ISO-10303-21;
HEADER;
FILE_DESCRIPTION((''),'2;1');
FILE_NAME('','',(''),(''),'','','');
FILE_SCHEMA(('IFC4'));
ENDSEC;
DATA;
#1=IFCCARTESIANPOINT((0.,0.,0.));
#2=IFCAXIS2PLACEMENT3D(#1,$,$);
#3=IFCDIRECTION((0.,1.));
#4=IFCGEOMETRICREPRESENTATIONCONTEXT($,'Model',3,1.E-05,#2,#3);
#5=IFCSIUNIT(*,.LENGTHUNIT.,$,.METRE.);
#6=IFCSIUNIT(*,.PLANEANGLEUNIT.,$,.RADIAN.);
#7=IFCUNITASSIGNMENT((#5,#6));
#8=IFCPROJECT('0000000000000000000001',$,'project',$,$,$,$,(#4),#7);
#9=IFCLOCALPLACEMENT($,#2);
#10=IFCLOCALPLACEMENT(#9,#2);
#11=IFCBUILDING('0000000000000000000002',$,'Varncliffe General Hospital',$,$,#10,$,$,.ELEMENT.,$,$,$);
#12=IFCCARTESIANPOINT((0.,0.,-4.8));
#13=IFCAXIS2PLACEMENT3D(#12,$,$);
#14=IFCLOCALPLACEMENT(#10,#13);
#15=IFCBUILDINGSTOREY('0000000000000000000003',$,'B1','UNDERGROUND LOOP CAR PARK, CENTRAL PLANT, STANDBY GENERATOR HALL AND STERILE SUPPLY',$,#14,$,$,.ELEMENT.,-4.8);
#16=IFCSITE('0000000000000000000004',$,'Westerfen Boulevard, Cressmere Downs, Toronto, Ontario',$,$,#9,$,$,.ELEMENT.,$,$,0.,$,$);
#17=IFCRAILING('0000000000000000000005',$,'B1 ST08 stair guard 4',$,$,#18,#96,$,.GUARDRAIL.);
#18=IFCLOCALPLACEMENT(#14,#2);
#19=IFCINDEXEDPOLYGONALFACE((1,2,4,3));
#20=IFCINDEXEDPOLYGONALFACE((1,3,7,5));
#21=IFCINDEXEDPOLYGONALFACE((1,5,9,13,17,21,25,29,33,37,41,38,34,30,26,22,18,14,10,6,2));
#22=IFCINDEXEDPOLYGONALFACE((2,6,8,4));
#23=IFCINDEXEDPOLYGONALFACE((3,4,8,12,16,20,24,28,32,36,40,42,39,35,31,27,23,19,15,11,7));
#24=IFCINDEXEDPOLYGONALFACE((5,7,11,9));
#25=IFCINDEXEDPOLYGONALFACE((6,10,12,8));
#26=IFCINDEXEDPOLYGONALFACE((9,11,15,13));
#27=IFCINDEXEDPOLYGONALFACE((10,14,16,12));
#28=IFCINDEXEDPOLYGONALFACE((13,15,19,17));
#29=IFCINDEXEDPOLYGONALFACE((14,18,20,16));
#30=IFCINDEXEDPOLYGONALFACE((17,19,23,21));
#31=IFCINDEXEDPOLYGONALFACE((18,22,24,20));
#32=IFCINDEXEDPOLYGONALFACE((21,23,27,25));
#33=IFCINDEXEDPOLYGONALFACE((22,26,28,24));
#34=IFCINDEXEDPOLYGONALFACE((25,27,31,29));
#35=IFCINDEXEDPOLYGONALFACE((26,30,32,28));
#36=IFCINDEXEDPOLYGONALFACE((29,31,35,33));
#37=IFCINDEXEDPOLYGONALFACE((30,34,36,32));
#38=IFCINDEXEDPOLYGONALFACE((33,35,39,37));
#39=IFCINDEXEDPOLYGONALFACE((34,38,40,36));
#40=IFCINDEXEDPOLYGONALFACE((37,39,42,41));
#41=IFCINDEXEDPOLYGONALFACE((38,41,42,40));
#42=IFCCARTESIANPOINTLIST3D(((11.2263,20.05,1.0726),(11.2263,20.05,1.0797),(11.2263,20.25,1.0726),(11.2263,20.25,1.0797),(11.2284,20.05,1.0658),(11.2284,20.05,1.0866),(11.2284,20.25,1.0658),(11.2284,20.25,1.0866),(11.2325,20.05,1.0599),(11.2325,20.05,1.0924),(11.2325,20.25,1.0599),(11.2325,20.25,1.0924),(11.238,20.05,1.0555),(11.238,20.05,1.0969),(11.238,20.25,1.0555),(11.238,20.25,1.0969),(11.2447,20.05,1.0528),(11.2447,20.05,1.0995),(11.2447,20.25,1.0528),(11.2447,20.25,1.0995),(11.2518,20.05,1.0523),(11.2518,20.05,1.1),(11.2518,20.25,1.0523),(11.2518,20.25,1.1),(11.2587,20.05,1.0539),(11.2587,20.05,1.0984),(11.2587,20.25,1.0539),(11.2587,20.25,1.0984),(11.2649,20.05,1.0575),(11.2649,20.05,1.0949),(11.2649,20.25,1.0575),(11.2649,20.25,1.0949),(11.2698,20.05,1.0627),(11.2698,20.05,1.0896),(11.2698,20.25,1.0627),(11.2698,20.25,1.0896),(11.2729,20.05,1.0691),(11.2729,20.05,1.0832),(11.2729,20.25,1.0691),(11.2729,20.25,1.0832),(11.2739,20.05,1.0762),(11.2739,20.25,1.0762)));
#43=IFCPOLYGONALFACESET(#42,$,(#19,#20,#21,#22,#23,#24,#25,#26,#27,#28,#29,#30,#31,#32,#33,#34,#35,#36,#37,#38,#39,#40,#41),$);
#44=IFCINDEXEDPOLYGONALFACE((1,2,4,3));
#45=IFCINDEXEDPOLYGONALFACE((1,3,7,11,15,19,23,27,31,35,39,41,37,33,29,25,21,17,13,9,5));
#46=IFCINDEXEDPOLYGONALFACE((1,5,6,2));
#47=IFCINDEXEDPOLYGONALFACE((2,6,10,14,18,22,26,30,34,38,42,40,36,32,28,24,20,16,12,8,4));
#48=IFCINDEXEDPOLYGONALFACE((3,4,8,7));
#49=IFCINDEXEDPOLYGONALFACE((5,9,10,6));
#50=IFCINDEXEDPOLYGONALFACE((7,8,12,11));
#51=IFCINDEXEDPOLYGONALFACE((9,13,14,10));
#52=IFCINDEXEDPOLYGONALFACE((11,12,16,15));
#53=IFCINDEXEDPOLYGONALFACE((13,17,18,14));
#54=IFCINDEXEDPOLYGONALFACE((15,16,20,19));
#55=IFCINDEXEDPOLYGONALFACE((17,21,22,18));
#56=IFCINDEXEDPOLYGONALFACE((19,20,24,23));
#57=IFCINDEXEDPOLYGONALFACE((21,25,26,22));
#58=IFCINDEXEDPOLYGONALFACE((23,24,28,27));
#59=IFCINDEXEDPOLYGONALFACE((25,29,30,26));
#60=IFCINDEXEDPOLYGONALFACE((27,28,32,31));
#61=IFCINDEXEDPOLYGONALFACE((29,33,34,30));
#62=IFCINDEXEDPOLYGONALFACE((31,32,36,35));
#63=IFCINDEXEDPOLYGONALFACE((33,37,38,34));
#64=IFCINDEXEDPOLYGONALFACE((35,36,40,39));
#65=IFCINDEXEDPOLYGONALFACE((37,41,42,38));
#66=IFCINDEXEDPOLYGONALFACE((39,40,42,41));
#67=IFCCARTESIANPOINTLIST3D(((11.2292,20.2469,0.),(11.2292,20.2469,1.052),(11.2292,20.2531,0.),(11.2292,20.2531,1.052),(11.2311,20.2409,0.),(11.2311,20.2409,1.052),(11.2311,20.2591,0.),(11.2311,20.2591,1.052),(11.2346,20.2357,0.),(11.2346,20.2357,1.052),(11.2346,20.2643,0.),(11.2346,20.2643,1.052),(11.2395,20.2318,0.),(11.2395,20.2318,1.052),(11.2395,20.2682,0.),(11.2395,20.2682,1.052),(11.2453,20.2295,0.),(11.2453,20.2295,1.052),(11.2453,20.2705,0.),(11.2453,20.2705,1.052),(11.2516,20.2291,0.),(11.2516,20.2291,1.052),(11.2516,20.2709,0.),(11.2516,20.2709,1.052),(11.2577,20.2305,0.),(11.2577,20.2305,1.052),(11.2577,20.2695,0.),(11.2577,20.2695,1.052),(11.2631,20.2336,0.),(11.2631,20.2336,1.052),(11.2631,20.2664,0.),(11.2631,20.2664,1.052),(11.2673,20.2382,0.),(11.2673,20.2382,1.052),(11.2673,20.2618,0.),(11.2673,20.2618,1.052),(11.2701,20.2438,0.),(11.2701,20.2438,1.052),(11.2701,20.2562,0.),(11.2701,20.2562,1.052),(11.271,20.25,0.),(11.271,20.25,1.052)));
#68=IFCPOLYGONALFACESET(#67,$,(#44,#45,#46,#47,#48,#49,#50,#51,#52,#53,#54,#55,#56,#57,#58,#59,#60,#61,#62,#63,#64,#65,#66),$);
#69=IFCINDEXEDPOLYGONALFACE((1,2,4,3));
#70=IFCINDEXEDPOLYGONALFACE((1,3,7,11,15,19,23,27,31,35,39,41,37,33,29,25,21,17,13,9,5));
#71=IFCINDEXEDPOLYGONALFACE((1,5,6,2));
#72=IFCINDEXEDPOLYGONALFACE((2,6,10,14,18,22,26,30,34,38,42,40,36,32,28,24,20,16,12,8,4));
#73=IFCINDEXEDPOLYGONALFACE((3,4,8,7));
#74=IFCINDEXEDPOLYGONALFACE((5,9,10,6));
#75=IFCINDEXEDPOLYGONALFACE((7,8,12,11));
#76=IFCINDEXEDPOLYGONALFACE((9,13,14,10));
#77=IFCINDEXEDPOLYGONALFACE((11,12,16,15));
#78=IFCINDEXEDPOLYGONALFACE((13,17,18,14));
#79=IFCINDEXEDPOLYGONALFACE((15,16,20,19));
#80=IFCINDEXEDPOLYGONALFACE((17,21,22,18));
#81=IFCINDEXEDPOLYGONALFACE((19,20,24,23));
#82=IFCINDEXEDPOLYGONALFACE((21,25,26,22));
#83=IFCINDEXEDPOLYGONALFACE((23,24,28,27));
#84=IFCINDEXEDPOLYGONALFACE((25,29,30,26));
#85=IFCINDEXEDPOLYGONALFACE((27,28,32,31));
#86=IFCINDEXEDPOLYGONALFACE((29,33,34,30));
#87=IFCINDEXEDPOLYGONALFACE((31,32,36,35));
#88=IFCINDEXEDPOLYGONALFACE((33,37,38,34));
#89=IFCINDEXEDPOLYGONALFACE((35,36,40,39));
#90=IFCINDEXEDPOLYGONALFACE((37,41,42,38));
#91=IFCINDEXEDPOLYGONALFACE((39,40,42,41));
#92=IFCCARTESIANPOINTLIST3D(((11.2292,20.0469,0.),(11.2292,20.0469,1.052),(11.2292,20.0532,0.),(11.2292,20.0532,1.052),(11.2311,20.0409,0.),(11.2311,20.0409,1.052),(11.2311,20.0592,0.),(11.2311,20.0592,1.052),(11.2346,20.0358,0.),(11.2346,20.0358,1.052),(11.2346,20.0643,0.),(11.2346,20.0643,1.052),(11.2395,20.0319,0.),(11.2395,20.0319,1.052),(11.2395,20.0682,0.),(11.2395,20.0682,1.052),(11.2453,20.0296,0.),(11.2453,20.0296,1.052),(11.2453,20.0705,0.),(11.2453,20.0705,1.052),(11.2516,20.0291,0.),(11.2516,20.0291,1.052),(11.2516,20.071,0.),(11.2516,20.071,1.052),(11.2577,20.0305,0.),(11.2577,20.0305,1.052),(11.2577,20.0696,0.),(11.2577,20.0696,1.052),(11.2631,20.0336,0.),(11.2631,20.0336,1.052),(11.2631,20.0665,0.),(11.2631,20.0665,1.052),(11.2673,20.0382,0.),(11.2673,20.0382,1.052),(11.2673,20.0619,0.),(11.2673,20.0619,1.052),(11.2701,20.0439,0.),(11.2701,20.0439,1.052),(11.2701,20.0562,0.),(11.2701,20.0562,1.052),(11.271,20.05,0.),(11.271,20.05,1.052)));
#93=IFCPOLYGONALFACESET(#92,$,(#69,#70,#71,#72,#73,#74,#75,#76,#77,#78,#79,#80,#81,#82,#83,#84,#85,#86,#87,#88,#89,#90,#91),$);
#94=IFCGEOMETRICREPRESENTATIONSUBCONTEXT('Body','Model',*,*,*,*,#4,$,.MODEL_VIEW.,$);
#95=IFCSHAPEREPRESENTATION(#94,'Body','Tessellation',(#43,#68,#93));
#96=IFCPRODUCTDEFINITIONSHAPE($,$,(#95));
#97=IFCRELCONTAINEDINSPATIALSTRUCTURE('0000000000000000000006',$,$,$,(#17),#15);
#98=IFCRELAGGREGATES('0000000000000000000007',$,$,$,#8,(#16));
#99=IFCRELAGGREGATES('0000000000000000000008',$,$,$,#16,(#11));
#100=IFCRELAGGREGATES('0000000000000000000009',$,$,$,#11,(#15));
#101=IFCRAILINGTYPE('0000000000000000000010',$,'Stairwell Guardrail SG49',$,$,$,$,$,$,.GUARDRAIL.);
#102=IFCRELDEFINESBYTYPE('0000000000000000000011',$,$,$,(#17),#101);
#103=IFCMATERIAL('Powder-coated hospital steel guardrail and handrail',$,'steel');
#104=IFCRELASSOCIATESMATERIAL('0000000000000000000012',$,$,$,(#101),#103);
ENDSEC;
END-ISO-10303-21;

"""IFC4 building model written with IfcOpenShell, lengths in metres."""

from ifc_helpers import new_model, si_unit, direction, frame, origin, origin_2d, place, context, subcontext, project, spatial, circle, extrude, material, type_object, element, save


model = new_model("IFC4")

# Units and contexts
model_context = context("Model", 3, precision=1e-05, world=origin(), true_north=direction((0.0, 1.0)))
body_context = subcontext(model_context, "Body", "Model", "MODEL_VIEW")
ifc_project = project(units=[si_unit("LENGTHUNIT", "METRE"), si_unit("PLANEANGLEUNIT", "RADIAN")], contexts=[model_context])

# Site, building, storey
site_placement = place(None, origin())
site = spatial("IfcSite", under=ifc_project, at=site_placement, Name="Westerfen Boulevard, Cressmere Downs, Toronto, Ontario", CompositionType="ELEMENT", RefElevation=0.0)
building_placement = place(site_placement, origin())
building = spatial("IfcBuilding", under=site, at=building_placement, Name="Varncliffe General Hospital", CompositionType="ELEMENT")
storey_placement = place(building_placement, frame((0.0, 0.0, -4.8)))
storey = spatial("IfcBuildingStorey", under=building, at=storey_placement, Name="B1", Description="UNDERGROUND LOOP CAR PARK, CENTRAL PLANT, STANDBY GENERATOR HALL AND STERILE SUPPLY", CompositionType="ELEMENT", Elevation=-4.8)

# Railing
ifc_material_1 = material(Name="Powder-coated hospital steel guardrail and handrail", Category="steel")
railing_type_1 = type_object("IfcRailingType", Name="Stairwell Guardrail SG49", PredefinedType="GUARDRAIL", material=ifc_material_1)
railing_1_placement = place(storey_placement, frame((11.25, 20.25, 0.0)))
element("IfcRailing", 1, at=railing_1_placement, inside=storey, type_object=railing_type_1, Name="B1 ST08 stair guard 4", PredefinedType="GUARDRAIL", context=body_context, shape_type="SweptSolid", body=[
    extrude(circle(Radius=0.0239, at=origin_2d()), frame((0.0, 0.0, 1.0762), z_axis=(0.0, -1.0, 0.0), x_axis=(1.0, 0.0, 0.0)), (0.0, 0.0, 1.0), 0.2),
    extrude(circle(Radius=0.021, at=origin_2d()), origin(), (0.0, 0.0, 1.0), 1.052),
    extrude(circle(Radius=0.021, at=origin_2d()), frame((0.0, -0.2, 0.0)), (0.0, 0.0, 1.0), 1.052),
])

save(model, "model.ifc")
